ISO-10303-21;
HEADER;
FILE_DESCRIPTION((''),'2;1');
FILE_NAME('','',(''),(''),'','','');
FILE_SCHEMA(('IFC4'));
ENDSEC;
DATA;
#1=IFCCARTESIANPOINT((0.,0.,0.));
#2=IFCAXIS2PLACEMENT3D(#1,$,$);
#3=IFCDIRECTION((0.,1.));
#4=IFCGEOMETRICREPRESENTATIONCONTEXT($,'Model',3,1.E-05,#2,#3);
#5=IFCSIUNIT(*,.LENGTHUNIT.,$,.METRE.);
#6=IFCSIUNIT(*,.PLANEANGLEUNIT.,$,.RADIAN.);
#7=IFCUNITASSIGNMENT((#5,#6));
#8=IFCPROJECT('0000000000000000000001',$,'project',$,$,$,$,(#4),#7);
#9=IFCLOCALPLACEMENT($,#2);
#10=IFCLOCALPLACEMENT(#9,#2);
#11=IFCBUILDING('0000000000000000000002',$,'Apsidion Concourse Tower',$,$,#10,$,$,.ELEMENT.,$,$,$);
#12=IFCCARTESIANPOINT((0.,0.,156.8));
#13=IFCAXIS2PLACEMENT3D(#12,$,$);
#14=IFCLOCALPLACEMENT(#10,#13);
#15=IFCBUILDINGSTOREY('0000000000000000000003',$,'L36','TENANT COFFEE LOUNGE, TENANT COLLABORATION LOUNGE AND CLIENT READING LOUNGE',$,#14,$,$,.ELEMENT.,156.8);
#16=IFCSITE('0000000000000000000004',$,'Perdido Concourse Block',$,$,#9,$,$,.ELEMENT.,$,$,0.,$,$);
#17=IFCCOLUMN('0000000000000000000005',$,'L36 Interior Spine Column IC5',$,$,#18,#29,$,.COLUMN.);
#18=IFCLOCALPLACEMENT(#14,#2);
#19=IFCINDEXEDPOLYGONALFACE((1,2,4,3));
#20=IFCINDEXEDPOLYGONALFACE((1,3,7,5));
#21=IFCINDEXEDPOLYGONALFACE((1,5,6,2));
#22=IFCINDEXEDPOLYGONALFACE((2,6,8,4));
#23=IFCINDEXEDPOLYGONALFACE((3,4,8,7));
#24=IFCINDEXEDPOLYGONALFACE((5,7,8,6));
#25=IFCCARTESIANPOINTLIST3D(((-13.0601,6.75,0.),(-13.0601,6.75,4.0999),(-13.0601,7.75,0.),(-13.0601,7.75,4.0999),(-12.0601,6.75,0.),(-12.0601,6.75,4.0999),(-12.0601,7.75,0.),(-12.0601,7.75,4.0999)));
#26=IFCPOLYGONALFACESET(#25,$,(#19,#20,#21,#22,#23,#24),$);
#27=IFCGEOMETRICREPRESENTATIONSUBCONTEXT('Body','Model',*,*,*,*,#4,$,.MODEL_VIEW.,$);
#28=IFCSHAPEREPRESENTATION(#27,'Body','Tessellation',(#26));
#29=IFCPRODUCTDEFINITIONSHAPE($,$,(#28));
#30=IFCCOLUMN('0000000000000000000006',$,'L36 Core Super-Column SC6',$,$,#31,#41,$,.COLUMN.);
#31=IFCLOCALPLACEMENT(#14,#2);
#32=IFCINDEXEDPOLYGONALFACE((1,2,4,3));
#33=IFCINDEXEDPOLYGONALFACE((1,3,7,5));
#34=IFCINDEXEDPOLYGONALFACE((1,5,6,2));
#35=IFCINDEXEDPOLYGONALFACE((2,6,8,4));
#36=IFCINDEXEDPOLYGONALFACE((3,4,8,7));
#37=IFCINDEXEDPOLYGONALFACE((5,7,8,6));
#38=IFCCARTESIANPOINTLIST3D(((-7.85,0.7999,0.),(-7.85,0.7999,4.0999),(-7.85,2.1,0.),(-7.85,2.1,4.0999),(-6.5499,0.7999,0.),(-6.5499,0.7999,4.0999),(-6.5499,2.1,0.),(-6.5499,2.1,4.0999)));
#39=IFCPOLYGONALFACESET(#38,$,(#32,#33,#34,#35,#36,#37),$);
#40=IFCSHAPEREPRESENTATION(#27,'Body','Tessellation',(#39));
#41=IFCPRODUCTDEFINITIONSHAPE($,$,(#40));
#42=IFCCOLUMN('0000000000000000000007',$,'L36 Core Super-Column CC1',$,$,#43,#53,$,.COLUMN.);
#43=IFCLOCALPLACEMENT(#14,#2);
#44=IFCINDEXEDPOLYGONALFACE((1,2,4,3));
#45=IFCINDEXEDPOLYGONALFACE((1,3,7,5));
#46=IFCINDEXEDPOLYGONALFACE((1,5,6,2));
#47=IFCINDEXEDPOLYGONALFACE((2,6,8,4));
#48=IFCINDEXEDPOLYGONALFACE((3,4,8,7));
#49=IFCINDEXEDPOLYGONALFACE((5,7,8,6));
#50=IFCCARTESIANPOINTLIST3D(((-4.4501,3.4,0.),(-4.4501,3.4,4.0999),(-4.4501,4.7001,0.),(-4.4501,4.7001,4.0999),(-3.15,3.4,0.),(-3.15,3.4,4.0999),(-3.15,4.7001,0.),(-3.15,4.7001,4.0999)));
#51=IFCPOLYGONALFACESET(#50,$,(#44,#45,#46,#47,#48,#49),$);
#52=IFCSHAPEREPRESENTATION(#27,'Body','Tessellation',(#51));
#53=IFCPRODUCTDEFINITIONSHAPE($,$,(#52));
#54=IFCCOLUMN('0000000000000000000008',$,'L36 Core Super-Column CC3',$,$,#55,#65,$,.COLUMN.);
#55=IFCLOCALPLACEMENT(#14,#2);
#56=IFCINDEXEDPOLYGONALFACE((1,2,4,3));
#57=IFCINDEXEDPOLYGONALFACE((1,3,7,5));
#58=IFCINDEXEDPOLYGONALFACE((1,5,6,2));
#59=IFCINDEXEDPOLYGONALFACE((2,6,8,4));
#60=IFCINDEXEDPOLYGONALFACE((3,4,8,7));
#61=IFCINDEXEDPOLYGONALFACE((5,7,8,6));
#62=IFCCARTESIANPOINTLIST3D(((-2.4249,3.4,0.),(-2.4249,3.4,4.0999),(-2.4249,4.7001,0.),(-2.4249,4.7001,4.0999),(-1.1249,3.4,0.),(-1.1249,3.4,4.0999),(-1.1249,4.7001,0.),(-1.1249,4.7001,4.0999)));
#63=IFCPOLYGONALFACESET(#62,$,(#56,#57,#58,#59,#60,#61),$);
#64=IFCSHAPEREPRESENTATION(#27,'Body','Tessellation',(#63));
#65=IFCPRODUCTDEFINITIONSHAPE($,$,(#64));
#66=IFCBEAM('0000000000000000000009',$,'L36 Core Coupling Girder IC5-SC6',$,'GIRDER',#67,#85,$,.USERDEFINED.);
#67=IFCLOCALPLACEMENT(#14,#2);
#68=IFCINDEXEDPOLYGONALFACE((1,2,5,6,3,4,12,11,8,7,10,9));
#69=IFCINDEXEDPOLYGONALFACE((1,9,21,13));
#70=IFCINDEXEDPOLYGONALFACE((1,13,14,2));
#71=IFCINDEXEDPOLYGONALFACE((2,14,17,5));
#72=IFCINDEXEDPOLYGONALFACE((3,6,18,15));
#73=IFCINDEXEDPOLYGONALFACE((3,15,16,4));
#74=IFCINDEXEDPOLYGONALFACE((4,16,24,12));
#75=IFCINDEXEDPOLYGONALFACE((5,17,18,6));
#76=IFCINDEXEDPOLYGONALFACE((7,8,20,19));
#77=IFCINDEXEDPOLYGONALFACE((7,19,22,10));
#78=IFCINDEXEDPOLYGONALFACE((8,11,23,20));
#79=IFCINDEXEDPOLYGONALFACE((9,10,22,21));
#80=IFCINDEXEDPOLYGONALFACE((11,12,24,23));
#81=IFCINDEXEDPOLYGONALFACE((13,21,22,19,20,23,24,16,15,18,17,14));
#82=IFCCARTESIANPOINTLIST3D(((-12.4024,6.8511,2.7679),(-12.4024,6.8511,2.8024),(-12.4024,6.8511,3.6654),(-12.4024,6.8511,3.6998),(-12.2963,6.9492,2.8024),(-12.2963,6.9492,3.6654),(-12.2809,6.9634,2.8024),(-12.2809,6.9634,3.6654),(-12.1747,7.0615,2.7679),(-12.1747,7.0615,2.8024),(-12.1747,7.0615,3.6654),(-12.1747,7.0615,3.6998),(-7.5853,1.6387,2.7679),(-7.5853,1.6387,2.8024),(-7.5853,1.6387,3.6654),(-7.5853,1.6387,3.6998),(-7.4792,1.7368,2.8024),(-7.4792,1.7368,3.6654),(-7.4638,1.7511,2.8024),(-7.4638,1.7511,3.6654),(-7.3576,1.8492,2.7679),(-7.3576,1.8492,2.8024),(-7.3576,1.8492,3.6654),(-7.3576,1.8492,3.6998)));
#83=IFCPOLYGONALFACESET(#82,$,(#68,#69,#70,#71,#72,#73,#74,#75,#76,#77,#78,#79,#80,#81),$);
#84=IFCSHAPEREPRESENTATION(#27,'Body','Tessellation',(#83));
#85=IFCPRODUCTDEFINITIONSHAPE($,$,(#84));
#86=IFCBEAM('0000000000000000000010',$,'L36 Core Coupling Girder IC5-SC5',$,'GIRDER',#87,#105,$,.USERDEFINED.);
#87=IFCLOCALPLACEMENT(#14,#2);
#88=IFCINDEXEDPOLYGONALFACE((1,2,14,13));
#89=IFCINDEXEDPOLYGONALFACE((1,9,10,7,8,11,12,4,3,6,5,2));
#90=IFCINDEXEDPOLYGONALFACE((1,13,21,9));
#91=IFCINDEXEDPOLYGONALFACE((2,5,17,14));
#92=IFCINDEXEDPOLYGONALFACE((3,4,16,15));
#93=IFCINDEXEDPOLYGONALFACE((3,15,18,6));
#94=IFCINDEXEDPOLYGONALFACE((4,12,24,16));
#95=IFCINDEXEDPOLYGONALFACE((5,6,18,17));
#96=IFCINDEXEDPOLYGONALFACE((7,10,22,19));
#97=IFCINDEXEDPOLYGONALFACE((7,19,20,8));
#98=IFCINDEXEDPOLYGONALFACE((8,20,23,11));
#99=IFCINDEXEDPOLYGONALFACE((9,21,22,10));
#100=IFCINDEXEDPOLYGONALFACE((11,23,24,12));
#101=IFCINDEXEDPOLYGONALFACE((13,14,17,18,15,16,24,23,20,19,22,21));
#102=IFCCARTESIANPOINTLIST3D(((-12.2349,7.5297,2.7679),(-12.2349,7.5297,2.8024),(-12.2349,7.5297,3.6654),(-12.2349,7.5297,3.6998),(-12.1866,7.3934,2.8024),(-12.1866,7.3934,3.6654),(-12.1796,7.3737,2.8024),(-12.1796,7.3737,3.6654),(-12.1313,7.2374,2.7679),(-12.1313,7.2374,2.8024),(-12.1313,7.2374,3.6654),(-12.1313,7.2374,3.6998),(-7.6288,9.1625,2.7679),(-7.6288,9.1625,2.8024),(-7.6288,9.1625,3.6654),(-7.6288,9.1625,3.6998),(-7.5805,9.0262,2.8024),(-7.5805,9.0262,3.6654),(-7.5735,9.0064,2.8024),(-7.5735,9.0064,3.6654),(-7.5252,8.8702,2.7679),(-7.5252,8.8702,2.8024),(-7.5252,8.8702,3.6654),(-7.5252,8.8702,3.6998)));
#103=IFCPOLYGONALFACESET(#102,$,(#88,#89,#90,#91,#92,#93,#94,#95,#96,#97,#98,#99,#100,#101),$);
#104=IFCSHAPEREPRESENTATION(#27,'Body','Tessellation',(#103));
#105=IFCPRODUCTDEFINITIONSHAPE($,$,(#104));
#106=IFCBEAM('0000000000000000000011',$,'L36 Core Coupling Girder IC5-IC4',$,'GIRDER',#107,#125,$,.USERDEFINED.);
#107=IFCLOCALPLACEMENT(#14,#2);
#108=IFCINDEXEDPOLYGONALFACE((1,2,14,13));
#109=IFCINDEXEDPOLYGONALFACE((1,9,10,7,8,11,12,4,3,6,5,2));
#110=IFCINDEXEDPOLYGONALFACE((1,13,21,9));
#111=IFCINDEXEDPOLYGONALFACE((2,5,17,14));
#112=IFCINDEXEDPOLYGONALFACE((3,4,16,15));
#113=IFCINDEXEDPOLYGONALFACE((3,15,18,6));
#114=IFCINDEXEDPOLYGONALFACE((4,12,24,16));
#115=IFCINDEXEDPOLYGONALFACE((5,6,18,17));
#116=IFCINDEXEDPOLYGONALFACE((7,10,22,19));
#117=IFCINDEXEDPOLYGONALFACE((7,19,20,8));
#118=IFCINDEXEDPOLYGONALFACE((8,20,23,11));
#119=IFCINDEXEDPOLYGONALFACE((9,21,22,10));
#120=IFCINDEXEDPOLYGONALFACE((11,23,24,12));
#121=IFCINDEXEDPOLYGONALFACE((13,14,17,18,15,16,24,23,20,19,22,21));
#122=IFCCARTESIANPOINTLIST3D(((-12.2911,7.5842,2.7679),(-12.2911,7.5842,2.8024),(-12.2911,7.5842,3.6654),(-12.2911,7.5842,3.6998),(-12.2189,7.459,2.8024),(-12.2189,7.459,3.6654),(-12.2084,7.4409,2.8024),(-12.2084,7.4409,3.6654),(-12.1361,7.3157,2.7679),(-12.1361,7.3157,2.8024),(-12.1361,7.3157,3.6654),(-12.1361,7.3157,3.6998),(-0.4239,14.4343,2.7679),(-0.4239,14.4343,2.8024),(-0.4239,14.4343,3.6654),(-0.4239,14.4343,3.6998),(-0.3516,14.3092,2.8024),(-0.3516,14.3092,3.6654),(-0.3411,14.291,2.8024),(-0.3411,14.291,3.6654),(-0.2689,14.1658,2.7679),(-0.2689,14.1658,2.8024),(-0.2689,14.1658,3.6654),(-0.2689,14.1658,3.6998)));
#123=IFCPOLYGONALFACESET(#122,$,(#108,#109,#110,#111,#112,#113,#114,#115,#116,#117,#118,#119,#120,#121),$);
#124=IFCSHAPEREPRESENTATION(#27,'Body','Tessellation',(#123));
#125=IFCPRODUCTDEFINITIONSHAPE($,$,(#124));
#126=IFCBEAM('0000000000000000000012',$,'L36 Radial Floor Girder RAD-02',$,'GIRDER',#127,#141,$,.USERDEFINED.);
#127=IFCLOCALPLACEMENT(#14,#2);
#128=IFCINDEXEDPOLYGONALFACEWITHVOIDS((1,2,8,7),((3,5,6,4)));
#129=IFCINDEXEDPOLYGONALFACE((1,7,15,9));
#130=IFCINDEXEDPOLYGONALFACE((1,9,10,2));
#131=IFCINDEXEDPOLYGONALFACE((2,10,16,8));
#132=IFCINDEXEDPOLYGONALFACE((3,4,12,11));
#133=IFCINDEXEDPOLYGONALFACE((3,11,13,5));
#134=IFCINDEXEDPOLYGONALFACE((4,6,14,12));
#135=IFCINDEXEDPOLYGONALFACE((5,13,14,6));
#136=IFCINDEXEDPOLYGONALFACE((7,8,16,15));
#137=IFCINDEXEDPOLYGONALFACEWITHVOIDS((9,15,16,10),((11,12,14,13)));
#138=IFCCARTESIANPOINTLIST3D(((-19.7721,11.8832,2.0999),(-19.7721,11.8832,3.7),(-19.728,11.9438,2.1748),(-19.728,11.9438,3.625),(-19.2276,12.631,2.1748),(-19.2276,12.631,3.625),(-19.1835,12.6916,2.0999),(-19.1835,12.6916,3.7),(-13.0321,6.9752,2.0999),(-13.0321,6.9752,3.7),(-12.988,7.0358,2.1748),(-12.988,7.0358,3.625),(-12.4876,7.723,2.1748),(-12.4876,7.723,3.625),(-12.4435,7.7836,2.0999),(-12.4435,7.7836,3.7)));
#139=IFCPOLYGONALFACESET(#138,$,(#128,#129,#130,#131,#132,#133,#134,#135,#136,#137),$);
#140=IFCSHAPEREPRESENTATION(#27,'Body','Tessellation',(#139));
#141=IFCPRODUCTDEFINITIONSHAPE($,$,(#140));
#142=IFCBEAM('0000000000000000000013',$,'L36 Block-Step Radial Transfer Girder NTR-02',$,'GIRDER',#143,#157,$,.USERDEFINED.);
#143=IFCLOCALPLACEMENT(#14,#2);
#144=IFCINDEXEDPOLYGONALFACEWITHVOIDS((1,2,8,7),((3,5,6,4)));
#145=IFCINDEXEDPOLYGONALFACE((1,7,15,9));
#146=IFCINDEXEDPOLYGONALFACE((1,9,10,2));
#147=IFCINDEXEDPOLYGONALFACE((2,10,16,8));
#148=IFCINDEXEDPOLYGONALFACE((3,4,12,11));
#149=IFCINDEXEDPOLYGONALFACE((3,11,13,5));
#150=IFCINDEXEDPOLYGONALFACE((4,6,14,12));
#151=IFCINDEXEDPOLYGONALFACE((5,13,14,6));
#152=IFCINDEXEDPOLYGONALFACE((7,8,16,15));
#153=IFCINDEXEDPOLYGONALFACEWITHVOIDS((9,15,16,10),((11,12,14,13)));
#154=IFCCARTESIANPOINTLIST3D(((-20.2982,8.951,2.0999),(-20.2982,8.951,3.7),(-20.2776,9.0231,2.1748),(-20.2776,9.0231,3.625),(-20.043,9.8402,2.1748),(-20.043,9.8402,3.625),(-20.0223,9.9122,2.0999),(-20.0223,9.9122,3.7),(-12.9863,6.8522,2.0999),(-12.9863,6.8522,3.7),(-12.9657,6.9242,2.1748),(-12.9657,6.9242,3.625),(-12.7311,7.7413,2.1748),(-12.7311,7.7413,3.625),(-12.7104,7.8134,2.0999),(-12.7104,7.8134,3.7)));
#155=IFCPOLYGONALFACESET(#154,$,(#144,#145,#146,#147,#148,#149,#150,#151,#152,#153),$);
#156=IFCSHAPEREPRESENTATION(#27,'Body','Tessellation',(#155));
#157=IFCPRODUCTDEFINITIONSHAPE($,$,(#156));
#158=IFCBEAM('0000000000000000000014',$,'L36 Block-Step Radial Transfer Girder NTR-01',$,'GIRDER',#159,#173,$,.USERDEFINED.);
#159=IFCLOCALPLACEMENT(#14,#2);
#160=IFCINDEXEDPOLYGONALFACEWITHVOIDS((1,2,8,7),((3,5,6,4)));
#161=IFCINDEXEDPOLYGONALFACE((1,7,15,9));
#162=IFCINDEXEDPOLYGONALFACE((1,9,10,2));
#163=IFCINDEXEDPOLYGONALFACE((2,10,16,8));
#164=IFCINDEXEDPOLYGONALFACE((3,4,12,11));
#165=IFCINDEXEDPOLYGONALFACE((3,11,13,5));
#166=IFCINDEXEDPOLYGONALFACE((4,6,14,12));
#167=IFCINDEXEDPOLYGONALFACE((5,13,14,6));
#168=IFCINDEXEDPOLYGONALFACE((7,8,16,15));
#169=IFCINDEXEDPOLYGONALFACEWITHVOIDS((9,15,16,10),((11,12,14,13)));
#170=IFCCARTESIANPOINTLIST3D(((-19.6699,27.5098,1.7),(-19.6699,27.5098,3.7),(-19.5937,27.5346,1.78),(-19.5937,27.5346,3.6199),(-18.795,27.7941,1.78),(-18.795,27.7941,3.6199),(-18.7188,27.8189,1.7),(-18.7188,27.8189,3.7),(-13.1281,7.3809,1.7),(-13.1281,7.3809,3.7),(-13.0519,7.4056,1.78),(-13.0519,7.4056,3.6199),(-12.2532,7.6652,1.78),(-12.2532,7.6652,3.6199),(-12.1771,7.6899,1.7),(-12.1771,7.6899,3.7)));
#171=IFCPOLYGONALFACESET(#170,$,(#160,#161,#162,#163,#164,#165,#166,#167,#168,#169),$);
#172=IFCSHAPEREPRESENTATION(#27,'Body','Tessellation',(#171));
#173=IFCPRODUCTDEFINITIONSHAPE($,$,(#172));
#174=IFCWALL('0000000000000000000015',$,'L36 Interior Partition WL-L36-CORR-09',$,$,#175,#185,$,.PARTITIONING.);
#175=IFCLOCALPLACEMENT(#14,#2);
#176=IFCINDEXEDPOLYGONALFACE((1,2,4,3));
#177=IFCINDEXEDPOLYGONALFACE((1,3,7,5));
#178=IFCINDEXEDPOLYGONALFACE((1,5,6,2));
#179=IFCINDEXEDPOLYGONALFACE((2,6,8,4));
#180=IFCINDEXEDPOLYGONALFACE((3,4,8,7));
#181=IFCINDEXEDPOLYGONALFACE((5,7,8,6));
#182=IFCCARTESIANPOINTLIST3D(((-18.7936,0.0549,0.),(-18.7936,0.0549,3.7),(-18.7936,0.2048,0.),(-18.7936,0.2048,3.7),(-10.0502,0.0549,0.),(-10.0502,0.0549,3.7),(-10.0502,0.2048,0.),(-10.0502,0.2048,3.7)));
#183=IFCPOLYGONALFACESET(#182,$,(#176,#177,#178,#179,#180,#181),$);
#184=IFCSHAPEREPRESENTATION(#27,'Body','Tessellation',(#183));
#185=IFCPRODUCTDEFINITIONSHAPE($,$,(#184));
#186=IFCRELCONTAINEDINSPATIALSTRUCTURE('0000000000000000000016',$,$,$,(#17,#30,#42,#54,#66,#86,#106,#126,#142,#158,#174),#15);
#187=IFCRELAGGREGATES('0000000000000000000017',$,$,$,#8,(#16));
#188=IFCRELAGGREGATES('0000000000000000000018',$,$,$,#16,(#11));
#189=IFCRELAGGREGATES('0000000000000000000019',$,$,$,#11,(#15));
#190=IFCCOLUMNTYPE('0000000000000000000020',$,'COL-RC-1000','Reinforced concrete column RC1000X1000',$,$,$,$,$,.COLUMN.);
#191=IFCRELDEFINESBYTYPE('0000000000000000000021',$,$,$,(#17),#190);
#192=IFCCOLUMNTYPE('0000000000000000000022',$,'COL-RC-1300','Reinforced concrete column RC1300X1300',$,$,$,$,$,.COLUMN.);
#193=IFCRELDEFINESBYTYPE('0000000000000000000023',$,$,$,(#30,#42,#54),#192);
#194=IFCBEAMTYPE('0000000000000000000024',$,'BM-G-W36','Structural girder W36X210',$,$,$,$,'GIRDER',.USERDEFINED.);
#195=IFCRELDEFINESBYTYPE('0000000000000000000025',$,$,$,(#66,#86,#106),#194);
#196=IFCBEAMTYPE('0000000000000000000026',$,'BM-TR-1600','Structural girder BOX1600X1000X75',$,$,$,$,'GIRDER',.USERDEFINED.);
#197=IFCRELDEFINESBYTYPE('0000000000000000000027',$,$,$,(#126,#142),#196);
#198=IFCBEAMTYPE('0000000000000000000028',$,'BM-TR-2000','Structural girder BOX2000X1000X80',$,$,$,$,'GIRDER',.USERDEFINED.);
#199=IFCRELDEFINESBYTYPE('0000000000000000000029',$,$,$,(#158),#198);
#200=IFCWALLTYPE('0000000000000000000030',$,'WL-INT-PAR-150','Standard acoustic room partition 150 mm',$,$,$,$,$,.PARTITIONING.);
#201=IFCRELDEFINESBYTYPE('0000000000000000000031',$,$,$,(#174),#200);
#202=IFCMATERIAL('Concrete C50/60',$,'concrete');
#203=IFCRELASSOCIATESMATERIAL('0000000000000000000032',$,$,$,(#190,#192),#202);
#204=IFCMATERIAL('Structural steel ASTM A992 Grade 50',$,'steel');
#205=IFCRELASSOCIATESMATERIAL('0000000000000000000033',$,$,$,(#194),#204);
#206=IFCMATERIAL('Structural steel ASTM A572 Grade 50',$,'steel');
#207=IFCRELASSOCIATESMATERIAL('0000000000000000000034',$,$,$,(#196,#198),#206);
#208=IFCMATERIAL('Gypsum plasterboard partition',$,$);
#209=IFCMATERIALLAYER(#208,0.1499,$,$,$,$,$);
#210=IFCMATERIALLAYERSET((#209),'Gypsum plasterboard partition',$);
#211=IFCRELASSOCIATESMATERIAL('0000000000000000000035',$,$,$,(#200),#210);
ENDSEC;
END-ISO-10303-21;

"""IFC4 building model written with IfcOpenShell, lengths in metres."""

from ifc_helpers import new_model, si_unit, direction, frame, frame_2d, origin, origin_2d, place, context, subcontext, project, spatial, rectangle, hollow_rectangle, i_section, extrude, material, layer, layer_set, material_profile, profile_set, type_object, element, save


model = new_model("IFC4")

# Units and contexts
model_context = context("Model", 3, precision=1e-05, world=origin(), true_north=direction((0.0, 1.0)))
body_context = subcontext(model_context, "Body", "Model", "MODEL_VIEW")
ifc_project = project(units=[si_unit("LENGTHUNIT", "METRE"), si_unit("PLANEANGLEUNIT", "RADIAN")], contexts=[model_context])

# Site, building, storey
site_placement = place(None, origin())
site = spatial("IfcSite", under=ifc_project, at=site_placement, Name="Perdido Concourse Block", CompositionType="ELEMENT", RefElevation=0.0)
building_placement = place(site_placement, origin())
building = spatial("IfcBuilding", under=site, at=building_placement, Name="Apsidion Concourse Tower", CompositionType="ELEMENT")
storey_placement = place(building_placement, frame((0.0, 0.0, 156.8)))
storey = spatial("IfcBuildingStorey", under=building, at=storey_placement, Name="L36", Description="TENANT COFFEE LOUNGE, TENANT COLLABORATION LOUNGE AND CLIENT READING LOUNGE", CompositionType="ELEMENT", Elevation=156.8)

# Columns
ifc_material_1 = material(Name="Concrete C50/60", Category="concrete")
ifc_material_profile_1 = material_profile(ifc_material_1, rectangle(XDim=1.0, YDim=1.0, at=origin_2d()), Name="RC 1000x1000")
ifc_profile_set_1 = profile_set([ifc_material_profile_1], Name="Concrete C50/60")
column_type_1 = type_object("IfcColumnType", Name="COL-RC-1000", Description="Reinforced concrete column RC1000X1000", PredefinedType="COLUMN", material=ifc_profile_set_1)
column_placement = place(storey_placement, frame((-12.5601, 7.25, 0.0), z_axis=(0.0, 0.0, 1.0), x_axis=(1.0, 0.0, 0.0)))
element("IfcColumn", 1, at=column_placement, inside=storey, type_object=column_type_1, Name="L36 Interior Spine Column IC5", PredefinedType="COLUMN", context=body_context, shape_type="SweptSolid", body=[
    extrude(rectangle(XDim=1.0, YDim=1.0, at=origin_2d()), origin(), (0.0, 0.0, 1.0), 4.0999),
])
ifc_material_profile_2 = material_profile(ifc_material_1, rectangle(XDim=1.3, YDim=1.3, at=origin_2d()), Name="RC 1300x1300")
ifc_profile_set_2 = profile_set([ifc_material_profile_2], Name="Concrete C50/60")
column_type_2 = type_object("IfcColumnType", Name="COL-RC-1300", Description="Reinforced concrete column RC1300X1300", PredefinedType="COLUMN", material=ifc_profile_set_2)
for number, where, z_axis, x_axis, name in (
    (2, (-7.2, 1.45, 0.0), (0.0, 0.0, 1.0), (1.0, 0.0, 0.0), "L36 Core Super-Column SC6"),
    (3, (-3.8, 4.05, 0.0), (0.0, 0.0, 1.0), (1.0, 0.0, 0.0), "L36 Core Super-Column CC1"),
    (4, (-1.7749, 4.05, 0.0), (0.0, 0.0, 1.0), (1.0, 0.0, 0.0), "L36 Core Super-Column CC3"),
):
    element("IfcColumn", number, at=place(storey_placement, frame(where, z_axis=z_axis, x_axis=x_axis)), inside=storey, type_object=column_type_2, Name=name, PredefinedType="COLUMN", context=body_context, shape_type="SweptSolid", body=[
        extrude(rectangle(XDim=1.3, YDim=1.3, at=origin_2d()), origin(), (0.0, 0.0, 1.0), 4.0999),
    ])

# Beams
ifc_material_2 = material(Name="Structural steel ASTM A992 Grade 50", Category="steel")
ifc_material_profile_3 = material_profile(ifc_material_2, i_section(OverallWidth=0.3101, OverallDepth=0.9319, WebThickness=0.021, FlangeThickness=0.0344, at=origin_2d()), Name="W36X210")
ifc_profile_set_3 = profile_set([ifc_material_profile_3], Name="Structural steel ASTM A992 Grade 50")
beam_type_1 = type_object("IfcBeamType", Name="BM-G-W36", Description="Structural girder W36X210", ElementType="GIRDER", PredefinedType="USERDEFINED", material=ifc_profile_set_3)
beam_1_placement = place(storey_placement, frame((-12.2886, 6.9563, 3.2339), z_axis=(0.678713, -0.734404, 0.0), x_axis=(0.734404, 0.678713, 0.0)))
element("IfcBeam", 5, at=beam_1_placement, inside=storey, type_object=beam_type_1, Name="L36 Core Coupling Girder IC5-SC6", ObjectType="GIRDER", PredefinedType="USERDEFINED", context=body_context, shape_type="SweptSolid", body=[
    extrude(i_section(OverallWidth=0.3101, OverallDepth=0.9319, WebThickness=0.021, FlangeThickness=0.0344, at=origin_2d()), origin(), (0.0, 0.0, 1.0), 7.0974),
])
beam_2_placement = place(storey_placement, frame((-12.1831, 7.3835, 3.2339), z_axis=(0.942534, 0.334111, 0.0), x_axis=(-0.334111, 0.942534, 0.0)))
element("IfcBeam", 6, at=beam_2_placement, inside=storey, type_object=beam_type_1, Name="L36 Core Coupling Girder IC5-SC5", ObjectType="GIRDER", PredefinedType="USERDEFINED", context=body_context, shape_type="SweptSolid", body=[
    extrude(i_section(OverallWidth=0.3101, OverallDepth=0.9319, WebThickness=0.021, FlangeThickness=0.0344, at=origin_2d()), origin(), (0.0, 0.0, 1.0), 4.887),
])
beam_3_placement = place(storey_placement, frame((-12.2136, 7.45, 3.2339), z_axis=(0.86607, 0.499922, 0.0), x_axis=(-0.499922, 0.86607, 0.0)))
element("IfcBeam", 7, at=beam_3_placement, inside=storey, type_object=beam_type_1, Name="L36 Core Coupling Girder IC5-IC4", ObjectType="GIRDER", PredefinedType="USERDEFINED", context=body_context, shape_type="SweptSolid", body=[
    extrude(i_section(OverallWidth=0.3101, OverallDepth=0.9319, WebThickness=0.021, FlangeThickness=0.0344, at=origin_2d()), origin(), (0.0, 0.0, 1.0), 13.7024),
])
ifc_material_3 = material(Name="Structural steel ASTM A572 Grade 50", Category="steel")
ifc_material_profile_4 = material_profile(ifc_material_3, hollow_rectangle(XDim=1.0, YDim=1.6001, WallThickness=0.075, at=origin_2d()), Name="BOX1600X1000X75")
ifc_profile_set_4 = profile_set([ifc_material_profile_4], Name="Structural steel ASTM A572 Grade 50")
beam_type_2 = type_object("IfcBeamType", Name="BM-TR-1600", Description="Structural girder BOX1600X1000X75", ElementType="GIRDER", PredefinedType="USERDEFINED", material=ifc_profile_set_4)
beam_4_placement = place(storey_placement, frame((-12.7378, 7.3794, 2.8999), z_axis=(-0.808385, 0.588654, 0.0), x_axis=(-0.588654, -0.808385, 0.0)))
element("IfcBeam", 8, at=beam_4_placement, inside=storey, type_object=beam_type_2, Name="L36 Radial Floor Girder RAD-02", ObjectType="GIRDER", PredefinedType="USERDEFINED", context=body_context, shape_type="SweptSolid", body=[
    extrude(hollow_rectangle(XDim=1.0, YDim=1.6001, WallThickness=0.075, at=origin_2d()), origin(), (0.0, 0.0, 1.0), 8.3376),
])
beam_5_placement = place(storey_placement, frame((-12.8484, 7.3328, 2.8999), z_axis=(-0.961185, 0.275904, 0.0), x_axis=(-0.275904, -0.961185, 0.0)))
element("IfcBeam", 9, at=beam_5_placement, inside=storey, type_object=beam_type_2, Name="L36 Block-Step Radial Transfer Girder NTR-02", ObjectType="GIRDER", PredefinedType="USERDEFINED", context=body_context, shape_type="SweptSolid", body=[
    extrude(hollow_rectangle(XDim=1.0, YDim=1.6001, WallThickness=0.075, at=origin_2d()), origin(), (0.0, 0.0, 1.0), 7.6072),
])
ifc_material_profile_5 = material_profile(ifc_material_3, hollow_rectangle(XDim=1.0, YDim=2.0, WallThickness=0.0801, at=origin_2d()), Name="BOX2000X1000X80")
ifc_profile_set_5 = profile_set([ifc_material_profile_5], Name="Structural steel ASTM A572 Grade 50")
beam_type_3 = type_object("IfcBeamType", Name="BM-TR-2000", Description="Structural girder BOX2000X1000X80", ElementType="GIRDER", PredefinedType="USERDEFINED", material=ifc_profile_set_5)
beam_6_placement = place(storey_placement, frame((-12.6526, 7.5354, 2.7), z_axis=(-0.30908, 0.951036, 0.0), x_axis=(-0.951036, -0.30908, 0.0)))
element("IfcBeam", 10, at=beam_6_placement, inside=storey, type_object=beam_type_3, Name="L36 Block-Step Radial Transfer Girder NTR-01", ObjectType="GIRDER", PredefinedType="USERDEFINED", context=body_context, shape_type="SweptSolid", body=[
    extrude(hollow_rectangle(XDim=1.0, YDim=2.0, WallThickness=0.0801, at=origin_2d()), origin(), (0.0, 0.0, 1.0), 21.1653),
])

# Wall
ifc_material_4 = material(Name="Gypsum plasterboard partition")
ifc_layer_1 = layer(ifc_material_4, 0.1499)
ifc_layer_set_1 = layer_set([ifc_layer_1], Name="Gypsum plasterboard partition")
wall_type_1 = type_object("IfcWallType", Name="WL-INT-PAR-150", Description="Standard acoustic room partition 150 mm", PredefinedType="PARTITIONING", material=ifc_layer_set_1)
wall_1_placement = place(storey_placement, frame((-18.7935, 0.1299, 0.0), z_axis=(0.0, 0.0, 1.0), x_axis=(1.0, 0.0, 0.0)))
element("IfcWall", 11, at=wall_1_placement, inside=storey, type_object=wall_type_1, Name="L36 Interior Partition WL-L36-CORR-09", PredefinedType="PARTITIONING", context=body_context, shape_type="SweptSolid", body=[
    extrude(rectangle(XDim=8.7434, YDim=0.1499, at=frame_2d((4.3716, 0.0))), origin(), (0.0, 0.0, 1.0), 3.7),
])

save(model, "model.ifc")
